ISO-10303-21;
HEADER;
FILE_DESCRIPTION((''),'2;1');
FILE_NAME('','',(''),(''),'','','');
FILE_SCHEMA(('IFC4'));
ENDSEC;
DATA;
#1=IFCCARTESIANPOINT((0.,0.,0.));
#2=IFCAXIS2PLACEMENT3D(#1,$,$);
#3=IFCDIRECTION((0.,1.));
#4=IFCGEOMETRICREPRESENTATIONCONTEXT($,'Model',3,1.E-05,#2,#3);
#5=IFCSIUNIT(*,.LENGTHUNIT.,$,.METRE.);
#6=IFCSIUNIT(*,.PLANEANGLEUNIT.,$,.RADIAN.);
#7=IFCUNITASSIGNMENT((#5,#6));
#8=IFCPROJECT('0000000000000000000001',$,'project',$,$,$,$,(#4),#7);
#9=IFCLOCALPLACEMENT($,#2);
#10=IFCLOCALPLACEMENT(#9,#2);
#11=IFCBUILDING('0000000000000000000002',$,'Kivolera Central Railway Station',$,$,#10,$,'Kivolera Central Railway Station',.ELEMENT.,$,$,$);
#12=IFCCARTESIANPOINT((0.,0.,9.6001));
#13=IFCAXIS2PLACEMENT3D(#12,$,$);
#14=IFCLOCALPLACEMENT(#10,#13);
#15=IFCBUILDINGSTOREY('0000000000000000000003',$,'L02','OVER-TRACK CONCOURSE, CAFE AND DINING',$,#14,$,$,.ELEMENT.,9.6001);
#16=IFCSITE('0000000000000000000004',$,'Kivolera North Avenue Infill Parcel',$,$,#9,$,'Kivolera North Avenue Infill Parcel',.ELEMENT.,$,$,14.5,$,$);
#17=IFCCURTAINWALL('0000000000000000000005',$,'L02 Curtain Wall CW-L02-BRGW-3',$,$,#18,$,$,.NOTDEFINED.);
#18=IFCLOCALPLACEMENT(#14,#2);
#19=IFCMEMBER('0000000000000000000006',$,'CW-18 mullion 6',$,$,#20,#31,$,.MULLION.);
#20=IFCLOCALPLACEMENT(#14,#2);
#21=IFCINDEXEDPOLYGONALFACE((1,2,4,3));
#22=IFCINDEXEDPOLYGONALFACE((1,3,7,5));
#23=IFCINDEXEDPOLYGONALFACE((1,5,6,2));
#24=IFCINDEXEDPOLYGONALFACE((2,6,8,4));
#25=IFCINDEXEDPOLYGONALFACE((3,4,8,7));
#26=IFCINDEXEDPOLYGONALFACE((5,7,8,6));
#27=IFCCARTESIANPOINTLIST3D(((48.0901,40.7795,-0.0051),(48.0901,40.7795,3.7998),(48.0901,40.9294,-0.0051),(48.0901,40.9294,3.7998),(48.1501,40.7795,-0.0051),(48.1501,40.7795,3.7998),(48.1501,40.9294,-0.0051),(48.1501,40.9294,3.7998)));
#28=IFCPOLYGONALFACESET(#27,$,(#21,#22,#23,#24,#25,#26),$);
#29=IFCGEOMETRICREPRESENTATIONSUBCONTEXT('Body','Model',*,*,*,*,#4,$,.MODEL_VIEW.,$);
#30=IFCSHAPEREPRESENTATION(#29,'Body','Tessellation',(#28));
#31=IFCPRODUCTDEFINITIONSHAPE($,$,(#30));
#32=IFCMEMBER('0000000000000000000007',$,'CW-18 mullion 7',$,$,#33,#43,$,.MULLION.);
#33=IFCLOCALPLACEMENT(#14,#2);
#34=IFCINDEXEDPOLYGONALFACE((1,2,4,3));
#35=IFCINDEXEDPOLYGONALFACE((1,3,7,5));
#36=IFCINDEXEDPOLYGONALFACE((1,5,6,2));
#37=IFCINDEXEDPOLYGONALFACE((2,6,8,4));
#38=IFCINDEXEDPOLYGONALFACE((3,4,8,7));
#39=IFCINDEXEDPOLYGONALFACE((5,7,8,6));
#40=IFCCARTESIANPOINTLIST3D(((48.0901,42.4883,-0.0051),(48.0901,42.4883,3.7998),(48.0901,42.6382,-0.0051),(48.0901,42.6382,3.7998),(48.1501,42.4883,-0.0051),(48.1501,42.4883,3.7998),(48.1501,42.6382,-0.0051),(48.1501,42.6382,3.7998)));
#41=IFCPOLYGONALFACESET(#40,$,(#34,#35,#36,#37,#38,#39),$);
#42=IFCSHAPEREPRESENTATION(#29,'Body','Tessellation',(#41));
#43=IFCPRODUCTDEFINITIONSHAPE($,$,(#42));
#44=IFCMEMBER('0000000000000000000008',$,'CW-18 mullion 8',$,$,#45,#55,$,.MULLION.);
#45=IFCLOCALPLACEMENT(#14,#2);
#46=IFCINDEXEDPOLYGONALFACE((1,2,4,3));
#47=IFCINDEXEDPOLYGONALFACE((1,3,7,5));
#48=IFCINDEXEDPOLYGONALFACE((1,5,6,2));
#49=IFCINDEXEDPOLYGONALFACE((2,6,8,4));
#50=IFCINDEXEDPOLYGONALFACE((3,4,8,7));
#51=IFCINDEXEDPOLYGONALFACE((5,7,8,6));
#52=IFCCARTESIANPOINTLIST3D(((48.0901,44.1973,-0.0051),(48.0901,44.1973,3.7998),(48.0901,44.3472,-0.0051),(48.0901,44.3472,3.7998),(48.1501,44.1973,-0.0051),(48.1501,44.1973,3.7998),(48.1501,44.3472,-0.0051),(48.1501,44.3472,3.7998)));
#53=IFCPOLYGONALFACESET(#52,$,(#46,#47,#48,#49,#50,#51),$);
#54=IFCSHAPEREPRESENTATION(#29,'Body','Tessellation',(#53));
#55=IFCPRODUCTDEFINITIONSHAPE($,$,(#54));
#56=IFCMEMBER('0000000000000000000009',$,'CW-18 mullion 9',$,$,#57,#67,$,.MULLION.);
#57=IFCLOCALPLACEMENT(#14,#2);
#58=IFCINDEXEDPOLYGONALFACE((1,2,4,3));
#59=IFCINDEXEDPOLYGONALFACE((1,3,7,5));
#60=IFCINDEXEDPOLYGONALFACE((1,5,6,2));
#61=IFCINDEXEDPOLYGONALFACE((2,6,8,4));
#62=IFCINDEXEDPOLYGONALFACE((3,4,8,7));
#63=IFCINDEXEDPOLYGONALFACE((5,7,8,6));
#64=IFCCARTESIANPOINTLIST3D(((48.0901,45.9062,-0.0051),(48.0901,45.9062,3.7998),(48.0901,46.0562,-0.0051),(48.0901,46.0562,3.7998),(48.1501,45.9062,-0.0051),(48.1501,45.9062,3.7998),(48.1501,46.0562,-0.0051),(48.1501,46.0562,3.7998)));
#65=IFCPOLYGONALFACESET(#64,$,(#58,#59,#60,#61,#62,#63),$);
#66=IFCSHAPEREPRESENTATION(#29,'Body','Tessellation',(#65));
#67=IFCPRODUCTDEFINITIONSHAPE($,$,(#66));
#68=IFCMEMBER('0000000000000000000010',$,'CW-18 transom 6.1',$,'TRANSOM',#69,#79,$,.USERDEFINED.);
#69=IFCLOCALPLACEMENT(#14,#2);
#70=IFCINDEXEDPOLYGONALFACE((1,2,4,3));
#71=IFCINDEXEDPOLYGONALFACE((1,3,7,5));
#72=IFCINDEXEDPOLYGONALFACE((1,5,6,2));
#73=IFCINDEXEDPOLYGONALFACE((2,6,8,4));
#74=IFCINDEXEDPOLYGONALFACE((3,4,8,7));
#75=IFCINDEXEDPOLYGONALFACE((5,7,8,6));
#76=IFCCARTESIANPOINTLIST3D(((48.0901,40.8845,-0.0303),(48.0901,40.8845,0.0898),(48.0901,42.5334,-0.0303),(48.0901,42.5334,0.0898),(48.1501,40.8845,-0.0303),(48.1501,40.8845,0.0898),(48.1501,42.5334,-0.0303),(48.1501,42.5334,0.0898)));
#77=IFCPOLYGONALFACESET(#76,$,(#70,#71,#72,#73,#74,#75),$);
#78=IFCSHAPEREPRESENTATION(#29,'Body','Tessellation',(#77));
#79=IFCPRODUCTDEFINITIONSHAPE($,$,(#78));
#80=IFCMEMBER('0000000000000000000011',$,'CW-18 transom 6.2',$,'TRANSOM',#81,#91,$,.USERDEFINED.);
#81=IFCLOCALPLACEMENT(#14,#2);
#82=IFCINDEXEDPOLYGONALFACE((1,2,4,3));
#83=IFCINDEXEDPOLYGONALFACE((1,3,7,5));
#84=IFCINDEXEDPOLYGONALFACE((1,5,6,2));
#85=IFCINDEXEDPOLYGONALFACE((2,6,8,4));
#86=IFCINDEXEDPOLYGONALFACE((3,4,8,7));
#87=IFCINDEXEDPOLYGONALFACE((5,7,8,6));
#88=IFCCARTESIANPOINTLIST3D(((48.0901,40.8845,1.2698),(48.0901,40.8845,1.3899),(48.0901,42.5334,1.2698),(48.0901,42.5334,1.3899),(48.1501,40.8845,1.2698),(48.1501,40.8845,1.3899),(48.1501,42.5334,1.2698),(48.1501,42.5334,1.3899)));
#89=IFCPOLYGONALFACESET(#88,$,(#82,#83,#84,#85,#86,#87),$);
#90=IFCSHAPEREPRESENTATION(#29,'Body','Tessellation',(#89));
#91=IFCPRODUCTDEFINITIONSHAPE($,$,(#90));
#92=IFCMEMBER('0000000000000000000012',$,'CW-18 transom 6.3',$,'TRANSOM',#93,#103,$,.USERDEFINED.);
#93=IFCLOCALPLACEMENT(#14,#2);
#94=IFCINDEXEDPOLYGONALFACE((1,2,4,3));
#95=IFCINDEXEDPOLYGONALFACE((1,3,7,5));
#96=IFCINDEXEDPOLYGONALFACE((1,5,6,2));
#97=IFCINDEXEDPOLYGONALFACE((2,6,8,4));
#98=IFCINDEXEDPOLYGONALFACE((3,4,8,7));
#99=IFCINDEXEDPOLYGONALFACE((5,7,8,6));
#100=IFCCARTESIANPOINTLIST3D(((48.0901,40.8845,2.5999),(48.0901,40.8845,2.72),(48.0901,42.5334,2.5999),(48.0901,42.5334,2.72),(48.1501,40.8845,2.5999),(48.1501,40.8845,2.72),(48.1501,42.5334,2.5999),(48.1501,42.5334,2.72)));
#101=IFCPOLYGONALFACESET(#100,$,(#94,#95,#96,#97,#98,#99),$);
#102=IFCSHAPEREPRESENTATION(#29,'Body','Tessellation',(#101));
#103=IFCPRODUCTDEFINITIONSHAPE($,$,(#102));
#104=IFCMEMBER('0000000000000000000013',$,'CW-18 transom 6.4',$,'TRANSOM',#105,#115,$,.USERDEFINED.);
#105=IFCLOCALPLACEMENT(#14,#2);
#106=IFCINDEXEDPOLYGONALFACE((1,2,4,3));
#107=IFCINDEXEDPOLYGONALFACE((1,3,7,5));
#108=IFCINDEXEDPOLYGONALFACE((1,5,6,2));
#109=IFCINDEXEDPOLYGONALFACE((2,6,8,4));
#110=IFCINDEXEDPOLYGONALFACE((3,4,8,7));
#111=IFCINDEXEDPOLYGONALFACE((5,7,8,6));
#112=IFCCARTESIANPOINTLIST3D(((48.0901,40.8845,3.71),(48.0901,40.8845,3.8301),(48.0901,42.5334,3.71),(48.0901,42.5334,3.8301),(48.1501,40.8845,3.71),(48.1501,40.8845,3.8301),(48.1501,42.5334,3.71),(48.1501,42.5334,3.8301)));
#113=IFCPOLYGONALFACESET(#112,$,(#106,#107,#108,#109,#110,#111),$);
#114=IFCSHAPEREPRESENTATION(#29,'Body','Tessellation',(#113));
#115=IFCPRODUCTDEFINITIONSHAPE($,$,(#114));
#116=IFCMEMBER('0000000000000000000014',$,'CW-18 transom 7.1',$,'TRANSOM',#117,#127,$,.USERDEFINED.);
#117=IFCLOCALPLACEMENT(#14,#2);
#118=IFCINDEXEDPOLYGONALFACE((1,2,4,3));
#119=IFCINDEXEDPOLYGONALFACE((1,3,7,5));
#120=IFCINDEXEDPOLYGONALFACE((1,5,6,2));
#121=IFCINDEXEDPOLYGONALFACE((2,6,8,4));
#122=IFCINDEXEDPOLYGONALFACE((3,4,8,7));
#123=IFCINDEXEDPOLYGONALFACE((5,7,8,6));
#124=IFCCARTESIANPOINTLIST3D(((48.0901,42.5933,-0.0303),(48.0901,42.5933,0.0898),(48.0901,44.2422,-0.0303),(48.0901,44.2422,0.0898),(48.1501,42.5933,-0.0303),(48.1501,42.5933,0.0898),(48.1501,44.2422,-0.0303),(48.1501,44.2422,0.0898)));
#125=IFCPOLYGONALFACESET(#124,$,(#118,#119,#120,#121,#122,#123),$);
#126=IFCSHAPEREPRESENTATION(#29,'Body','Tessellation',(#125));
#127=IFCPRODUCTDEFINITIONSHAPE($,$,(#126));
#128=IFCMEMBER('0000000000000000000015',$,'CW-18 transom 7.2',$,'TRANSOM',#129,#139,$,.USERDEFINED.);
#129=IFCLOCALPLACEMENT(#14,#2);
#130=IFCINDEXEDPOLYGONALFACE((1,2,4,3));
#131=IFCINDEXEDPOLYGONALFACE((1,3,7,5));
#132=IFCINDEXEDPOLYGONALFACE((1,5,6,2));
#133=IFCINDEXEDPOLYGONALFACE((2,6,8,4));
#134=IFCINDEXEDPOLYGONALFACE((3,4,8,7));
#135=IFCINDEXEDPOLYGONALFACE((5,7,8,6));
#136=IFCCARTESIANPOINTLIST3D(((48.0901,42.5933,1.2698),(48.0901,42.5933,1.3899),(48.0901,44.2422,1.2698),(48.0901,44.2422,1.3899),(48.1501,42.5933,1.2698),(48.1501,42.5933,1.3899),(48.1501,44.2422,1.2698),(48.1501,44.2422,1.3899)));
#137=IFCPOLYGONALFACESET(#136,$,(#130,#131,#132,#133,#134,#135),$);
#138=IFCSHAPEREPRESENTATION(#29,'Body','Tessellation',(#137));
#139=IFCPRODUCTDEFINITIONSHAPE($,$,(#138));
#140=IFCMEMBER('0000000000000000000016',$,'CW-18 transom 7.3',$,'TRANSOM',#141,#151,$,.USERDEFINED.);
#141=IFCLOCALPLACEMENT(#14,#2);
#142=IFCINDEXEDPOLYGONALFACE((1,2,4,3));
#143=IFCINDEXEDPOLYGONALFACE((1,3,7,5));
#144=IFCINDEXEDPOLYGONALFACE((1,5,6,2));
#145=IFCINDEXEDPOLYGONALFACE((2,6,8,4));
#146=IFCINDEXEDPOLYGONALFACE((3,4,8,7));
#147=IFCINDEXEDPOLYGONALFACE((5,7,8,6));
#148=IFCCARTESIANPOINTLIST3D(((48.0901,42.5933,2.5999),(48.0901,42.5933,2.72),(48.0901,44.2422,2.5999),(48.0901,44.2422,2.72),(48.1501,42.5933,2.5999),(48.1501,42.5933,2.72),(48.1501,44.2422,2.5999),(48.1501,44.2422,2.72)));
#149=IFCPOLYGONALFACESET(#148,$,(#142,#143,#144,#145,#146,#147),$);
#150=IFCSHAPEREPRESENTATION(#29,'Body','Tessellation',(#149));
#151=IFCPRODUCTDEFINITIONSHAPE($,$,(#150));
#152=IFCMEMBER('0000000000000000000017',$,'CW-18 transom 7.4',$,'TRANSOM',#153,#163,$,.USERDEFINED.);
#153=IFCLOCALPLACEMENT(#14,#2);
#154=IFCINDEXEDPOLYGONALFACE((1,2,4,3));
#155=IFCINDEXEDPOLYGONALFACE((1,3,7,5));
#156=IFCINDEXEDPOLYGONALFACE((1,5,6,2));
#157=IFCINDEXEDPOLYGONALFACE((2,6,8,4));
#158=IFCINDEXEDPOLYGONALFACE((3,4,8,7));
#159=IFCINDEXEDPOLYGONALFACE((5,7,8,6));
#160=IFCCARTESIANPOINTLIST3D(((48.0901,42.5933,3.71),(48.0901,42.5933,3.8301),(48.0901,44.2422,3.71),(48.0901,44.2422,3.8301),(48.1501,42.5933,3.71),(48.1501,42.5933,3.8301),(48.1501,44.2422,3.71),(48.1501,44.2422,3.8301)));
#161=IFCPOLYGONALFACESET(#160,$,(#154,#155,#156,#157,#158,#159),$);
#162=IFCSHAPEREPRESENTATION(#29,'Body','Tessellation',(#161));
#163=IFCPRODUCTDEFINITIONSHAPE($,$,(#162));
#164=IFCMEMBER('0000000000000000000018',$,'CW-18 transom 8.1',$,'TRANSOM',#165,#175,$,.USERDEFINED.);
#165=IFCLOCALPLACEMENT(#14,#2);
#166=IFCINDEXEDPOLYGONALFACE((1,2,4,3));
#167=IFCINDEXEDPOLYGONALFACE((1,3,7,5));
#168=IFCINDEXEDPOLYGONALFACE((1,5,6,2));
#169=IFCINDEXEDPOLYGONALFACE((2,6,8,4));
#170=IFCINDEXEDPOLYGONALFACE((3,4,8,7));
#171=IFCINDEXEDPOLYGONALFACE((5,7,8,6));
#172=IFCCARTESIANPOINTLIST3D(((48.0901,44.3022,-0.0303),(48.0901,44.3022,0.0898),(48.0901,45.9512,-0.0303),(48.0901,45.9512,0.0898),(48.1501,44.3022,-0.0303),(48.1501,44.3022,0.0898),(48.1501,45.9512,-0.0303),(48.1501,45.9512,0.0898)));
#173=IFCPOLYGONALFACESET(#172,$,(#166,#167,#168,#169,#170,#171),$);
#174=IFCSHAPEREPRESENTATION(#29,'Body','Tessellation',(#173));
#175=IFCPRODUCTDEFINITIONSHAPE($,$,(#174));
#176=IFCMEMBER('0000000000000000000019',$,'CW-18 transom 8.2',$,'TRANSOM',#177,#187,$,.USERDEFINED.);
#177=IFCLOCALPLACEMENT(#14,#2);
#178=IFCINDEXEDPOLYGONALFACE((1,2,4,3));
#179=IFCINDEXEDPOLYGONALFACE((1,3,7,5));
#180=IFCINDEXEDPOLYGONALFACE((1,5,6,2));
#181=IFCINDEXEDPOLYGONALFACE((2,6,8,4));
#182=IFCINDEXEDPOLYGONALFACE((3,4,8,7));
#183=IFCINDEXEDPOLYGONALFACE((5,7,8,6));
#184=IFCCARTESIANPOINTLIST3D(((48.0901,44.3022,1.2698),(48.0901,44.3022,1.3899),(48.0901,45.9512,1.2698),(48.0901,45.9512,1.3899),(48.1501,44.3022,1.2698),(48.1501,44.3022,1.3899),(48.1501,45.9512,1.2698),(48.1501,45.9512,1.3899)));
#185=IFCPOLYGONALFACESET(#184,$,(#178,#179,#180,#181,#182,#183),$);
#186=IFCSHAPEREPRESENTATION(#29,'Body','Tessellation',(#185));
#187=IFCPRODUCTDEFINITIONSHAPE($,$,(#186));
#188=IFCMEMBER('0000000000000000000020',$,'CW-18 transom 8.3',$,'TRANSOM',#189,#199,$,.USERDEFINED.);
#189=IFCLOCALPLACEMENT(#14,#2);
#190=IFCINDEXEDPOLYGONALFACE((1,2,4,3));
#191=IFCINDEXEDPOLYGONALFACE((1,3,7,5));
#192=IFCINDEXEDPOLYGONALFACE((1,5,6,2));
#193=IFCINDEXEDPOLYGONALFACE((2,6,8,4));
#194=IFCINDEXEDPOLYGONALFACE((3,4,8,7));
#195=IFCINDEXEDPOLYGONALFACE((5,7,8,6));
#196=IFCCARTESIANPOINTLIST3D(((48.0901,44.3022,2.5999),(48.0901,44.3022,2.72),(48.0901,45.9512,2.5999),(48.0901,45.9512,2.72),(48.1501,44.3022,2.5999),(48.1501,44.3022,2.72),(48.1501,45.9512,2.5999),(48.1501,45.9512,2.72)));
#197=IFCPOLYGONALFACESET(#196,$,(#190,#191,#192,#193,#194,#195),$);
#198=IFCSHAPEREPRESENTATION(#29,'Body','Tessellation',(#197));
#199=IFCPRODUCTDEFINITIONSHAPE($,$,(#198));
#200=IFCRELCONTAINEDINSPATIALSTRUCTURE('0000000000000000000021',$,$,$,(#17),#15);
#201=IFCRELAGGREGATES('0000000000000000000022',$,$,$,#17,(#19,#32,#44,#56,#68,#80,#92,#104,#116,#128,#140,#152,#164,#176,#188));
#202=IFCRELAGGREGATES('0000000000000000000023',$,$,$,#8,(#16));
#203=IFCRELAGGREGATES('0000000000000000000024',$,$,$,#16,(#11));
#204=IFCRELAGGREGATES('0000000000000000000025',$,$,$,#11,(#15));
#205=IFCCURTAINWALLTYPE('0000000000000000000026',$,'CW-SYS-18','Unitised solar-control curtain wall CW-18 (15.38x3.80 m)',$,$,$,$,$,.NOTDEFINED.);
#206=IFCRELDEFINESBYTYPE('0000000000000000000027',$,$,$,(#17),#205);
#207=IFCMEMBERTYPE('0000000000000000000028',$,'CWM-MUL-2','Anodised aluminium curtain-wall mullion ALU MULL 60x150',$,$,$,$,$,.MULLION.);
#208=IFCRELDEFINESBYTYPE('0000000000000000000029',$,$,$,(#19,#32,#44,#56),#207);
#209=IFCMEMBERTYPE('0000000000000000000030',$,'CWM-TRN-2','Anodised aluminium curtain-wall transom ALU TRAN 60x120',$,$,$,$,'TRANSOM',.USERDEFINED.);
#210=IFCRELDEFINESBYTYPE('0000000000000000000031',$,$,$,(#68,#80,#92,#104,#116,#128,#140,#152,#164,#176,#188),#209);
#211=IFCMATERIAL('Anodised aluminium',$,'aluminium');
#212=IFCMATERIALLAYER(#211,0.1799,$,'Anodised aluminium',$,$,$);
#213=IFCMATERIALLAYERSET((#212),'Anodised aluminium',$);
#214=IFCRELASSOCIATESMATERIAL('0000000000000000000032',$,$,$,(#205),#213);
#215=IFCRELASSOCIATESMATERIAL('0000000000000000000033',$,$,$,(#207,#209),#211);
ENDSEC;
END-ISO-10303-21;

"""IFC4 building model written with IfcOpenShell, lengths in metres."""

from ifc_helpers import new_model, si_unit, direction, frame, origin, origin_2d, place, context, subcontext, project, spatial, rectangle, extrude, material, layer, layer_set, material_profile, profile_set, type_object, element, aggregate, save


model = new_model("IFC4")

# Units and contexts
model_context = context("Model", 3, precision=1e-05, world=origin(), true_north=direction((0.0, 1.0)))
body_context = subcontext(model_context, "Body", "Model", "MODEL_VIEW")
ifc_project = project(units=[si_unit("LENGTHUNIT", "METRE"), si_unit("PLANEANGLEUNIT", "RADIAN")], contexts=[model_context])

# Site, building, storey
site_placement = place(None, origin())
site = spatial("IfcSite", under=ifc_project, at=site_placement, Name="Kivolera North Avenue Infill Parcel", LongName="Kivolera North Avenue Infill Parcel", CompositionType="ELEMENT", RefElevation=14.5)
building_placement = place(site_placement, origin())
building = spatial("IfcBuilding", under=site, at=building_placement, Name="Kivolera Central Railway Station", LongName="Kivolera Central Railway Station", CompositionType="ELEMENT")
storey_placement = place(building_placement, frame((0.0, 0.0, 9.6001)))
storey = spatial("IfcBuildingStorey", under=building, at=storey_placement, Name="L02", Description="OVER-TRACK CONCOURSE, CAFE AND DINING", CompositionType="ELEMENT", Elevation=9.6001)

# Curtain wall, members
ifc_material_1 = material(Name="Anodised aluminium", Category="aluminium")
ifc_layer_1 = layer(ifc_material_1, 0.1799, Name="Anodised aluminium")
ifc_layer_set_1 = layer_set([ifc_layer_1], Name="Anodised aluminium")
curtain_wall_type = type_object("IfcCurtainWallType", Name="CW-SYS-18", Description="Unitised solar-control curtain wall CW-18 (15.38x3.80 m)", PredefinedType="NOTDEFINED", material=ifc_layer_set_1)
curtain_wall_placement = place(storey_placement, origin())
curtain_wall = element("IfcCurtainWall", 1, at=curtain_wall_placement, inside=storey, type_object=curtain_wall_type, Name="L02 Curtain Wall CW-L02-BRGW-3", PredefinedType="NOTDEFINED")
ifc_material_profile_1 = material_profile(ifc_material_1, rectangle(XDim=0.0601, YDim=0.1499, at=origin_2d()), Name="ALU MULL 60x150")
ifc_profile_set_1 = profile_set([ifc_material_profile_1], Name="Anodised aluminium")
member_type_1 = type_object("IfcMemberType", Name="CWM-MUL-2", Description="Anodised aluminium curtain-wall mullion ALU MULL 60x150", PredefinedType="MULLION", material=ifc_profile_set_1)
member_1_placement = place(storey_placement, frame((48.1201, 40.8545, -0.0051), z_axis=(0.0, 0.0, 1.0), x_axis=(-1.0, 0.0, 0.0)))
member_1 = element("IfcMember", 2, at=member_1_placement, type_object=member_type_1, Name="CW-18 mullion 6", PredefinedType="MULLION", context=body_context, shape_type="SweptSolid", body=[
    extrude(rectangle(XDim=0.0601, YDim=0.1499, at=origin_2d()), origin(), (0.0, 0.0, 1.0), 3.8049),
])
member_2_placement = place(storey_placement, frame((48.1201, 42.5632, -0.0051), z_axis=(0.0, 0.0, 1.0), x_axis=(-1.0, 0.0, 0.0)))
member_2 = element("IfcMember", 3, at=member_2_placement, type_object=member_type_1, Name="CW-18 mullion 7", PredefinedType="MULLION", context=body_context, shape_type="SweptSolid", body=[
    extrude(rectangle(XDim=0.0601, YDim=0.1499, at=origin_2d()), origin(), (0.0, 0.0, 1.0), 3.8049),
])
member_3_placement = place(storey_placement, frame((48.1201, 44.2722, -0.0051), z_axis=(0.0, 0.0, 1.0), x_axis=(-1.0, 0.0, 0.0)))
member_3 = element("IfcMember", 4, at=member_3_placement, type_object=member_type_1, Name="CW-18 mullion 8", PredefinedType="MULLION", context=body_context, shape_type="SweptSolid", body=[
    extrude(rectangle(XDim=0.0601, YDim=0.1499, at=origin_2d()), origin(), (0.0, 0.0, 1.0), 3.8049),
])
member_4_placement = place(storey_placement, frame((48.1201, 45.9812, -0.0051), z_axis=(0.0, 0.0, 1.0), x_axis=(-1.0, 0.0, 0.0)))
member_4 = element("IfcMember", 5, at=member_4_placement, type_object=member_type_1, Name="CW-18 mullion 9", PredefinedType="MULLION", context=body_context, shape_type="SweptSolid", body=[
    extrude(rectangle(XDim=0.0601, YDim=0.1499, at=origin_2d()), origin(), (0.0, 0.0, 1.0), 3.8049),
])
ifc_material_profile_2 = material_profile(ifc_material_1, rectangle(XDim=0.0601, YDim=0.1201, at=origin_2d()), Name="ALU TRAN 60x120")
ifc_profile_set_2 = profile_set([ifc_material_profile_2], Name="Anodised aluminium")
member_type_2 = type_object("IfcMemberType", Name="CWM-TRN-2", Description="Anodised aluminium curtain-wall transom ALU TRAN 60x120", ElementType="TRANSOM", PredefinedType="USERDEFINED", material=ifc_profile_set_2)
member_5_placement = place(storey_placement, frame((48.1201, 40.8845, 0.0298), z_axis=(0.0, 1.0, 0.0), x_axis=(-1.0, 0.0, 0.0)))
member_5 = element("IfcMember", 6, at=member_5_placement, type_object=member_type_2, Name="CW-18 transom 6.1", ObjectType="TRANSOM", PredefinedType="USERDEFINED", context=body_context, shape_type="SweptSolid", body=[
    extrude(rectangle(XDim=0.0601, YDim=0.1201, at=origin_2d()), origin(), (0.0, 0.0, 1.0), 1.6489),
])
member_6_placement = place(storey_placement, frame((48.1201, 40.8845, 1.3298), z_axis=(0.0, 1.0, 0.0), x_axis=(-1.0, 0.0, 0.0)))
member_6 = element("IfcMember", 7, at=member_6_placement, type_object=member_type_2, Name="CW-18 transom 6.2", ObjectType="TRANSOM", PredefinedType="USERDEFINED", context=body_context, shape_type="SweptSolid", body=[
    extrude(rectangle(XDim=0.0601, YDim=0.1201, at=origin_2d()), origin(), (0.0, 0.0, 1.0), 1.6489),
])
member_7_placement = place(storey_placement, frame((48.1201, 40.8845, 2.6599), z_axis=(0.0, 1.0, 0.0), x_axis=(-1.0, 0.0, 0.0)))
member_7 = element("IfcMember", 8, at=member_7_placement, type_object=member_type_2, Name="CW-18 transom 6.3", ObjectType="TRANSOM", PredefinedType="USERDEFINED", context=body_context, shape_type="SweptSolid", body=[
    extrude(rectangle(XDim=0.0601, YDim=0.1201, at=origin_2d()), origin(), (0.0, 0.0, 1.0), 1.6489),
])
member_8_placement = place(storey_placement, frame((48.1201, 40.8845, 3.77), z_axis=(0.0, 1.0, 0.0), x_axis=(-1.0, 0.0, 0.0)))
member_8 = element("IfcMember", 9, at=member_8_placement, type_object=member_type_2, Name="CW-18 transom 6.4", ObjectType="TRANSOM", PredefinedType="USERDEFINED", context=body_context, shape_type="SweptSolid", body=[
    extrude(rectangle(XDim=0.0601, YDim=0.1201, at=origin_2d()), origin(), (0.0, 0.0, 1.0), 1.6489),
])
member_9_placement = place(storey_placement, frame((48.1201, 42.5933, 0.0298), z_axis=(0.0, 1.0, 0.0), x_axis=(-1.0, 0.0, 0.0)))
member_9 = element("IfcMember", 10, at=member_9_placement, type_object=member_type_2, Name="CW-18 transom 7.1", ObjectType="TRANSOM", PredefinedType="USERDEFINED", context=body_context, shape_type="SweptSolid", body=[
    extrude(rectangle(XDim=0.0601, YDim=0.1201, at=origin_2d()), origin(), (0.0, 0.0, 1.0), 1.6489),
])
member_10_placement = place(storey_placement, frame((48.1201, 42.5933, 1.3298), z_axis=(0.0, 1.0, 0.0), x_axis=(-1.0, 0.0, 0.0)))
member_10 = element("IfcMember", 11, at=member_10_placement, type_object=member_type_2, Name="CW-18 transom 7.2", ObjectType="TRANSOM", PredefinedType="USERDEFINED", context=body_context, shape_type="SweptSolid", body=[
    extrude(rectangle(XDim=0.0601, YDim=0.1201, at=origin_2d()), origin(), (0.0, 0.0, 1.0), 1.6489),
])
member_11_placement = place(storey_placement, frame((48.1201, 42.5933, 2.6599), z_axis=(0.0, 1.0, 0.0), x_axis=(-1.0, 0.0, 0.0)))
member_11 = element("IfcMember", 12, at=member_11_placement, type_object=member_type_2, Name="CW-18 transom 7.3", ObjectType="TRANSOM", PredefinedType="USERDEFINED", context=body_context, shape_type="SweptSolid", body=[
    extrude(rectangle(XDim=0.0601, YDim=0.1201, at=origin_2d()), origin(), (0.0, 0.0, 1.0), 1.6489),
])
member_12_placement = place(storey_placement, frame((48.1201, 42.5933, 3.77), z_axis=(0.0, 1.0, 0.0), x_axis=(-1.0, 0.0, 0.0)))
member_12 = element("IfcMember", 13, at=member_12_placement, type_object=member_type_2, Name="CW-18 transom 7.4", ObjectType="TRANSOM", PredefinedType="USERDEFINED", context=body_context, shape_type="SweptSolid", body=[
    extrude(rectangle(XDim=0.0601, YDim=0.1201, at=origin_2d()), origin(), (0.0, 0.0, 1.0), 1.6489),
])
member_13_placement = place(storey_placement, frame((48.1201, 44.3022, 0.0298), z_axis=(0.0, 1.0, 0.0), x_axis=(-1.0, 0.0, 0.0)))
member_13 = element("IfcMember", 14, at=member_13_placement, type_object=member_type_2, Name="CW-18 transom 8.1", ObjectType="TRANSOM", PredefinedType="USERDEFINED", context=body_context, shape_type="SweptSolid", body=[
    extrude(rectangle(XDim=0.0601, YDim=0.1201, at=origin_2d()), origin(), (0.0, 0.0, 1.0), 1.6489),
])
member_14_placement = place(storey_placement, frame((48.1201, 44.3022, 1.3298), z_axis=(0.0, 1.0, 0.0), x_axis=(-1.0, 0.0, 0.0)))
member_14 = element("IfcMember", 15, at=member_14_placement, type_object=member_type_2, Name="CW-18 transom 8.2", ObjectType="TRANSOM", PredefinedType="USERDEFINED", context=body_context, shape_type="SweptSolid", body=[
    extrude(rectangle(XDim=0.0601, YDim=0.1201, at=origin_2d()), origin(), (0.0, 0.0, 1.0), 1.6489),
])
member_15_placement = place(storey_placement, frame((48.1201, 44.3022, 2.6599), z_axis=(0.0, 1.0, 0.0), x_axis=(-1.0, 0.0, 0.0)))
member_15 = element("IfcMember", 16, at=member_15_placement, type_object=member_type_2, Name="CW-18 transom 8.3", ObjectType="TRANSOM", PredefinedType="USERDEFINED", context=body_context, shape_type="SweptSolid", body=[
    extrude(rectangle(XDim=0.0601, YDim=0.1201, at=origin_2d()), origin(), (0.0, 0.0, 1.0), 1.6489),
])
aggregate(curtain_wall, [member_1, member_2, member_3, member_4, member_5, member_6, member_7, member_8, member_9, member_10, member_11, member_12, member_13, member_14, member_15])

save(model, "model.ifc")
